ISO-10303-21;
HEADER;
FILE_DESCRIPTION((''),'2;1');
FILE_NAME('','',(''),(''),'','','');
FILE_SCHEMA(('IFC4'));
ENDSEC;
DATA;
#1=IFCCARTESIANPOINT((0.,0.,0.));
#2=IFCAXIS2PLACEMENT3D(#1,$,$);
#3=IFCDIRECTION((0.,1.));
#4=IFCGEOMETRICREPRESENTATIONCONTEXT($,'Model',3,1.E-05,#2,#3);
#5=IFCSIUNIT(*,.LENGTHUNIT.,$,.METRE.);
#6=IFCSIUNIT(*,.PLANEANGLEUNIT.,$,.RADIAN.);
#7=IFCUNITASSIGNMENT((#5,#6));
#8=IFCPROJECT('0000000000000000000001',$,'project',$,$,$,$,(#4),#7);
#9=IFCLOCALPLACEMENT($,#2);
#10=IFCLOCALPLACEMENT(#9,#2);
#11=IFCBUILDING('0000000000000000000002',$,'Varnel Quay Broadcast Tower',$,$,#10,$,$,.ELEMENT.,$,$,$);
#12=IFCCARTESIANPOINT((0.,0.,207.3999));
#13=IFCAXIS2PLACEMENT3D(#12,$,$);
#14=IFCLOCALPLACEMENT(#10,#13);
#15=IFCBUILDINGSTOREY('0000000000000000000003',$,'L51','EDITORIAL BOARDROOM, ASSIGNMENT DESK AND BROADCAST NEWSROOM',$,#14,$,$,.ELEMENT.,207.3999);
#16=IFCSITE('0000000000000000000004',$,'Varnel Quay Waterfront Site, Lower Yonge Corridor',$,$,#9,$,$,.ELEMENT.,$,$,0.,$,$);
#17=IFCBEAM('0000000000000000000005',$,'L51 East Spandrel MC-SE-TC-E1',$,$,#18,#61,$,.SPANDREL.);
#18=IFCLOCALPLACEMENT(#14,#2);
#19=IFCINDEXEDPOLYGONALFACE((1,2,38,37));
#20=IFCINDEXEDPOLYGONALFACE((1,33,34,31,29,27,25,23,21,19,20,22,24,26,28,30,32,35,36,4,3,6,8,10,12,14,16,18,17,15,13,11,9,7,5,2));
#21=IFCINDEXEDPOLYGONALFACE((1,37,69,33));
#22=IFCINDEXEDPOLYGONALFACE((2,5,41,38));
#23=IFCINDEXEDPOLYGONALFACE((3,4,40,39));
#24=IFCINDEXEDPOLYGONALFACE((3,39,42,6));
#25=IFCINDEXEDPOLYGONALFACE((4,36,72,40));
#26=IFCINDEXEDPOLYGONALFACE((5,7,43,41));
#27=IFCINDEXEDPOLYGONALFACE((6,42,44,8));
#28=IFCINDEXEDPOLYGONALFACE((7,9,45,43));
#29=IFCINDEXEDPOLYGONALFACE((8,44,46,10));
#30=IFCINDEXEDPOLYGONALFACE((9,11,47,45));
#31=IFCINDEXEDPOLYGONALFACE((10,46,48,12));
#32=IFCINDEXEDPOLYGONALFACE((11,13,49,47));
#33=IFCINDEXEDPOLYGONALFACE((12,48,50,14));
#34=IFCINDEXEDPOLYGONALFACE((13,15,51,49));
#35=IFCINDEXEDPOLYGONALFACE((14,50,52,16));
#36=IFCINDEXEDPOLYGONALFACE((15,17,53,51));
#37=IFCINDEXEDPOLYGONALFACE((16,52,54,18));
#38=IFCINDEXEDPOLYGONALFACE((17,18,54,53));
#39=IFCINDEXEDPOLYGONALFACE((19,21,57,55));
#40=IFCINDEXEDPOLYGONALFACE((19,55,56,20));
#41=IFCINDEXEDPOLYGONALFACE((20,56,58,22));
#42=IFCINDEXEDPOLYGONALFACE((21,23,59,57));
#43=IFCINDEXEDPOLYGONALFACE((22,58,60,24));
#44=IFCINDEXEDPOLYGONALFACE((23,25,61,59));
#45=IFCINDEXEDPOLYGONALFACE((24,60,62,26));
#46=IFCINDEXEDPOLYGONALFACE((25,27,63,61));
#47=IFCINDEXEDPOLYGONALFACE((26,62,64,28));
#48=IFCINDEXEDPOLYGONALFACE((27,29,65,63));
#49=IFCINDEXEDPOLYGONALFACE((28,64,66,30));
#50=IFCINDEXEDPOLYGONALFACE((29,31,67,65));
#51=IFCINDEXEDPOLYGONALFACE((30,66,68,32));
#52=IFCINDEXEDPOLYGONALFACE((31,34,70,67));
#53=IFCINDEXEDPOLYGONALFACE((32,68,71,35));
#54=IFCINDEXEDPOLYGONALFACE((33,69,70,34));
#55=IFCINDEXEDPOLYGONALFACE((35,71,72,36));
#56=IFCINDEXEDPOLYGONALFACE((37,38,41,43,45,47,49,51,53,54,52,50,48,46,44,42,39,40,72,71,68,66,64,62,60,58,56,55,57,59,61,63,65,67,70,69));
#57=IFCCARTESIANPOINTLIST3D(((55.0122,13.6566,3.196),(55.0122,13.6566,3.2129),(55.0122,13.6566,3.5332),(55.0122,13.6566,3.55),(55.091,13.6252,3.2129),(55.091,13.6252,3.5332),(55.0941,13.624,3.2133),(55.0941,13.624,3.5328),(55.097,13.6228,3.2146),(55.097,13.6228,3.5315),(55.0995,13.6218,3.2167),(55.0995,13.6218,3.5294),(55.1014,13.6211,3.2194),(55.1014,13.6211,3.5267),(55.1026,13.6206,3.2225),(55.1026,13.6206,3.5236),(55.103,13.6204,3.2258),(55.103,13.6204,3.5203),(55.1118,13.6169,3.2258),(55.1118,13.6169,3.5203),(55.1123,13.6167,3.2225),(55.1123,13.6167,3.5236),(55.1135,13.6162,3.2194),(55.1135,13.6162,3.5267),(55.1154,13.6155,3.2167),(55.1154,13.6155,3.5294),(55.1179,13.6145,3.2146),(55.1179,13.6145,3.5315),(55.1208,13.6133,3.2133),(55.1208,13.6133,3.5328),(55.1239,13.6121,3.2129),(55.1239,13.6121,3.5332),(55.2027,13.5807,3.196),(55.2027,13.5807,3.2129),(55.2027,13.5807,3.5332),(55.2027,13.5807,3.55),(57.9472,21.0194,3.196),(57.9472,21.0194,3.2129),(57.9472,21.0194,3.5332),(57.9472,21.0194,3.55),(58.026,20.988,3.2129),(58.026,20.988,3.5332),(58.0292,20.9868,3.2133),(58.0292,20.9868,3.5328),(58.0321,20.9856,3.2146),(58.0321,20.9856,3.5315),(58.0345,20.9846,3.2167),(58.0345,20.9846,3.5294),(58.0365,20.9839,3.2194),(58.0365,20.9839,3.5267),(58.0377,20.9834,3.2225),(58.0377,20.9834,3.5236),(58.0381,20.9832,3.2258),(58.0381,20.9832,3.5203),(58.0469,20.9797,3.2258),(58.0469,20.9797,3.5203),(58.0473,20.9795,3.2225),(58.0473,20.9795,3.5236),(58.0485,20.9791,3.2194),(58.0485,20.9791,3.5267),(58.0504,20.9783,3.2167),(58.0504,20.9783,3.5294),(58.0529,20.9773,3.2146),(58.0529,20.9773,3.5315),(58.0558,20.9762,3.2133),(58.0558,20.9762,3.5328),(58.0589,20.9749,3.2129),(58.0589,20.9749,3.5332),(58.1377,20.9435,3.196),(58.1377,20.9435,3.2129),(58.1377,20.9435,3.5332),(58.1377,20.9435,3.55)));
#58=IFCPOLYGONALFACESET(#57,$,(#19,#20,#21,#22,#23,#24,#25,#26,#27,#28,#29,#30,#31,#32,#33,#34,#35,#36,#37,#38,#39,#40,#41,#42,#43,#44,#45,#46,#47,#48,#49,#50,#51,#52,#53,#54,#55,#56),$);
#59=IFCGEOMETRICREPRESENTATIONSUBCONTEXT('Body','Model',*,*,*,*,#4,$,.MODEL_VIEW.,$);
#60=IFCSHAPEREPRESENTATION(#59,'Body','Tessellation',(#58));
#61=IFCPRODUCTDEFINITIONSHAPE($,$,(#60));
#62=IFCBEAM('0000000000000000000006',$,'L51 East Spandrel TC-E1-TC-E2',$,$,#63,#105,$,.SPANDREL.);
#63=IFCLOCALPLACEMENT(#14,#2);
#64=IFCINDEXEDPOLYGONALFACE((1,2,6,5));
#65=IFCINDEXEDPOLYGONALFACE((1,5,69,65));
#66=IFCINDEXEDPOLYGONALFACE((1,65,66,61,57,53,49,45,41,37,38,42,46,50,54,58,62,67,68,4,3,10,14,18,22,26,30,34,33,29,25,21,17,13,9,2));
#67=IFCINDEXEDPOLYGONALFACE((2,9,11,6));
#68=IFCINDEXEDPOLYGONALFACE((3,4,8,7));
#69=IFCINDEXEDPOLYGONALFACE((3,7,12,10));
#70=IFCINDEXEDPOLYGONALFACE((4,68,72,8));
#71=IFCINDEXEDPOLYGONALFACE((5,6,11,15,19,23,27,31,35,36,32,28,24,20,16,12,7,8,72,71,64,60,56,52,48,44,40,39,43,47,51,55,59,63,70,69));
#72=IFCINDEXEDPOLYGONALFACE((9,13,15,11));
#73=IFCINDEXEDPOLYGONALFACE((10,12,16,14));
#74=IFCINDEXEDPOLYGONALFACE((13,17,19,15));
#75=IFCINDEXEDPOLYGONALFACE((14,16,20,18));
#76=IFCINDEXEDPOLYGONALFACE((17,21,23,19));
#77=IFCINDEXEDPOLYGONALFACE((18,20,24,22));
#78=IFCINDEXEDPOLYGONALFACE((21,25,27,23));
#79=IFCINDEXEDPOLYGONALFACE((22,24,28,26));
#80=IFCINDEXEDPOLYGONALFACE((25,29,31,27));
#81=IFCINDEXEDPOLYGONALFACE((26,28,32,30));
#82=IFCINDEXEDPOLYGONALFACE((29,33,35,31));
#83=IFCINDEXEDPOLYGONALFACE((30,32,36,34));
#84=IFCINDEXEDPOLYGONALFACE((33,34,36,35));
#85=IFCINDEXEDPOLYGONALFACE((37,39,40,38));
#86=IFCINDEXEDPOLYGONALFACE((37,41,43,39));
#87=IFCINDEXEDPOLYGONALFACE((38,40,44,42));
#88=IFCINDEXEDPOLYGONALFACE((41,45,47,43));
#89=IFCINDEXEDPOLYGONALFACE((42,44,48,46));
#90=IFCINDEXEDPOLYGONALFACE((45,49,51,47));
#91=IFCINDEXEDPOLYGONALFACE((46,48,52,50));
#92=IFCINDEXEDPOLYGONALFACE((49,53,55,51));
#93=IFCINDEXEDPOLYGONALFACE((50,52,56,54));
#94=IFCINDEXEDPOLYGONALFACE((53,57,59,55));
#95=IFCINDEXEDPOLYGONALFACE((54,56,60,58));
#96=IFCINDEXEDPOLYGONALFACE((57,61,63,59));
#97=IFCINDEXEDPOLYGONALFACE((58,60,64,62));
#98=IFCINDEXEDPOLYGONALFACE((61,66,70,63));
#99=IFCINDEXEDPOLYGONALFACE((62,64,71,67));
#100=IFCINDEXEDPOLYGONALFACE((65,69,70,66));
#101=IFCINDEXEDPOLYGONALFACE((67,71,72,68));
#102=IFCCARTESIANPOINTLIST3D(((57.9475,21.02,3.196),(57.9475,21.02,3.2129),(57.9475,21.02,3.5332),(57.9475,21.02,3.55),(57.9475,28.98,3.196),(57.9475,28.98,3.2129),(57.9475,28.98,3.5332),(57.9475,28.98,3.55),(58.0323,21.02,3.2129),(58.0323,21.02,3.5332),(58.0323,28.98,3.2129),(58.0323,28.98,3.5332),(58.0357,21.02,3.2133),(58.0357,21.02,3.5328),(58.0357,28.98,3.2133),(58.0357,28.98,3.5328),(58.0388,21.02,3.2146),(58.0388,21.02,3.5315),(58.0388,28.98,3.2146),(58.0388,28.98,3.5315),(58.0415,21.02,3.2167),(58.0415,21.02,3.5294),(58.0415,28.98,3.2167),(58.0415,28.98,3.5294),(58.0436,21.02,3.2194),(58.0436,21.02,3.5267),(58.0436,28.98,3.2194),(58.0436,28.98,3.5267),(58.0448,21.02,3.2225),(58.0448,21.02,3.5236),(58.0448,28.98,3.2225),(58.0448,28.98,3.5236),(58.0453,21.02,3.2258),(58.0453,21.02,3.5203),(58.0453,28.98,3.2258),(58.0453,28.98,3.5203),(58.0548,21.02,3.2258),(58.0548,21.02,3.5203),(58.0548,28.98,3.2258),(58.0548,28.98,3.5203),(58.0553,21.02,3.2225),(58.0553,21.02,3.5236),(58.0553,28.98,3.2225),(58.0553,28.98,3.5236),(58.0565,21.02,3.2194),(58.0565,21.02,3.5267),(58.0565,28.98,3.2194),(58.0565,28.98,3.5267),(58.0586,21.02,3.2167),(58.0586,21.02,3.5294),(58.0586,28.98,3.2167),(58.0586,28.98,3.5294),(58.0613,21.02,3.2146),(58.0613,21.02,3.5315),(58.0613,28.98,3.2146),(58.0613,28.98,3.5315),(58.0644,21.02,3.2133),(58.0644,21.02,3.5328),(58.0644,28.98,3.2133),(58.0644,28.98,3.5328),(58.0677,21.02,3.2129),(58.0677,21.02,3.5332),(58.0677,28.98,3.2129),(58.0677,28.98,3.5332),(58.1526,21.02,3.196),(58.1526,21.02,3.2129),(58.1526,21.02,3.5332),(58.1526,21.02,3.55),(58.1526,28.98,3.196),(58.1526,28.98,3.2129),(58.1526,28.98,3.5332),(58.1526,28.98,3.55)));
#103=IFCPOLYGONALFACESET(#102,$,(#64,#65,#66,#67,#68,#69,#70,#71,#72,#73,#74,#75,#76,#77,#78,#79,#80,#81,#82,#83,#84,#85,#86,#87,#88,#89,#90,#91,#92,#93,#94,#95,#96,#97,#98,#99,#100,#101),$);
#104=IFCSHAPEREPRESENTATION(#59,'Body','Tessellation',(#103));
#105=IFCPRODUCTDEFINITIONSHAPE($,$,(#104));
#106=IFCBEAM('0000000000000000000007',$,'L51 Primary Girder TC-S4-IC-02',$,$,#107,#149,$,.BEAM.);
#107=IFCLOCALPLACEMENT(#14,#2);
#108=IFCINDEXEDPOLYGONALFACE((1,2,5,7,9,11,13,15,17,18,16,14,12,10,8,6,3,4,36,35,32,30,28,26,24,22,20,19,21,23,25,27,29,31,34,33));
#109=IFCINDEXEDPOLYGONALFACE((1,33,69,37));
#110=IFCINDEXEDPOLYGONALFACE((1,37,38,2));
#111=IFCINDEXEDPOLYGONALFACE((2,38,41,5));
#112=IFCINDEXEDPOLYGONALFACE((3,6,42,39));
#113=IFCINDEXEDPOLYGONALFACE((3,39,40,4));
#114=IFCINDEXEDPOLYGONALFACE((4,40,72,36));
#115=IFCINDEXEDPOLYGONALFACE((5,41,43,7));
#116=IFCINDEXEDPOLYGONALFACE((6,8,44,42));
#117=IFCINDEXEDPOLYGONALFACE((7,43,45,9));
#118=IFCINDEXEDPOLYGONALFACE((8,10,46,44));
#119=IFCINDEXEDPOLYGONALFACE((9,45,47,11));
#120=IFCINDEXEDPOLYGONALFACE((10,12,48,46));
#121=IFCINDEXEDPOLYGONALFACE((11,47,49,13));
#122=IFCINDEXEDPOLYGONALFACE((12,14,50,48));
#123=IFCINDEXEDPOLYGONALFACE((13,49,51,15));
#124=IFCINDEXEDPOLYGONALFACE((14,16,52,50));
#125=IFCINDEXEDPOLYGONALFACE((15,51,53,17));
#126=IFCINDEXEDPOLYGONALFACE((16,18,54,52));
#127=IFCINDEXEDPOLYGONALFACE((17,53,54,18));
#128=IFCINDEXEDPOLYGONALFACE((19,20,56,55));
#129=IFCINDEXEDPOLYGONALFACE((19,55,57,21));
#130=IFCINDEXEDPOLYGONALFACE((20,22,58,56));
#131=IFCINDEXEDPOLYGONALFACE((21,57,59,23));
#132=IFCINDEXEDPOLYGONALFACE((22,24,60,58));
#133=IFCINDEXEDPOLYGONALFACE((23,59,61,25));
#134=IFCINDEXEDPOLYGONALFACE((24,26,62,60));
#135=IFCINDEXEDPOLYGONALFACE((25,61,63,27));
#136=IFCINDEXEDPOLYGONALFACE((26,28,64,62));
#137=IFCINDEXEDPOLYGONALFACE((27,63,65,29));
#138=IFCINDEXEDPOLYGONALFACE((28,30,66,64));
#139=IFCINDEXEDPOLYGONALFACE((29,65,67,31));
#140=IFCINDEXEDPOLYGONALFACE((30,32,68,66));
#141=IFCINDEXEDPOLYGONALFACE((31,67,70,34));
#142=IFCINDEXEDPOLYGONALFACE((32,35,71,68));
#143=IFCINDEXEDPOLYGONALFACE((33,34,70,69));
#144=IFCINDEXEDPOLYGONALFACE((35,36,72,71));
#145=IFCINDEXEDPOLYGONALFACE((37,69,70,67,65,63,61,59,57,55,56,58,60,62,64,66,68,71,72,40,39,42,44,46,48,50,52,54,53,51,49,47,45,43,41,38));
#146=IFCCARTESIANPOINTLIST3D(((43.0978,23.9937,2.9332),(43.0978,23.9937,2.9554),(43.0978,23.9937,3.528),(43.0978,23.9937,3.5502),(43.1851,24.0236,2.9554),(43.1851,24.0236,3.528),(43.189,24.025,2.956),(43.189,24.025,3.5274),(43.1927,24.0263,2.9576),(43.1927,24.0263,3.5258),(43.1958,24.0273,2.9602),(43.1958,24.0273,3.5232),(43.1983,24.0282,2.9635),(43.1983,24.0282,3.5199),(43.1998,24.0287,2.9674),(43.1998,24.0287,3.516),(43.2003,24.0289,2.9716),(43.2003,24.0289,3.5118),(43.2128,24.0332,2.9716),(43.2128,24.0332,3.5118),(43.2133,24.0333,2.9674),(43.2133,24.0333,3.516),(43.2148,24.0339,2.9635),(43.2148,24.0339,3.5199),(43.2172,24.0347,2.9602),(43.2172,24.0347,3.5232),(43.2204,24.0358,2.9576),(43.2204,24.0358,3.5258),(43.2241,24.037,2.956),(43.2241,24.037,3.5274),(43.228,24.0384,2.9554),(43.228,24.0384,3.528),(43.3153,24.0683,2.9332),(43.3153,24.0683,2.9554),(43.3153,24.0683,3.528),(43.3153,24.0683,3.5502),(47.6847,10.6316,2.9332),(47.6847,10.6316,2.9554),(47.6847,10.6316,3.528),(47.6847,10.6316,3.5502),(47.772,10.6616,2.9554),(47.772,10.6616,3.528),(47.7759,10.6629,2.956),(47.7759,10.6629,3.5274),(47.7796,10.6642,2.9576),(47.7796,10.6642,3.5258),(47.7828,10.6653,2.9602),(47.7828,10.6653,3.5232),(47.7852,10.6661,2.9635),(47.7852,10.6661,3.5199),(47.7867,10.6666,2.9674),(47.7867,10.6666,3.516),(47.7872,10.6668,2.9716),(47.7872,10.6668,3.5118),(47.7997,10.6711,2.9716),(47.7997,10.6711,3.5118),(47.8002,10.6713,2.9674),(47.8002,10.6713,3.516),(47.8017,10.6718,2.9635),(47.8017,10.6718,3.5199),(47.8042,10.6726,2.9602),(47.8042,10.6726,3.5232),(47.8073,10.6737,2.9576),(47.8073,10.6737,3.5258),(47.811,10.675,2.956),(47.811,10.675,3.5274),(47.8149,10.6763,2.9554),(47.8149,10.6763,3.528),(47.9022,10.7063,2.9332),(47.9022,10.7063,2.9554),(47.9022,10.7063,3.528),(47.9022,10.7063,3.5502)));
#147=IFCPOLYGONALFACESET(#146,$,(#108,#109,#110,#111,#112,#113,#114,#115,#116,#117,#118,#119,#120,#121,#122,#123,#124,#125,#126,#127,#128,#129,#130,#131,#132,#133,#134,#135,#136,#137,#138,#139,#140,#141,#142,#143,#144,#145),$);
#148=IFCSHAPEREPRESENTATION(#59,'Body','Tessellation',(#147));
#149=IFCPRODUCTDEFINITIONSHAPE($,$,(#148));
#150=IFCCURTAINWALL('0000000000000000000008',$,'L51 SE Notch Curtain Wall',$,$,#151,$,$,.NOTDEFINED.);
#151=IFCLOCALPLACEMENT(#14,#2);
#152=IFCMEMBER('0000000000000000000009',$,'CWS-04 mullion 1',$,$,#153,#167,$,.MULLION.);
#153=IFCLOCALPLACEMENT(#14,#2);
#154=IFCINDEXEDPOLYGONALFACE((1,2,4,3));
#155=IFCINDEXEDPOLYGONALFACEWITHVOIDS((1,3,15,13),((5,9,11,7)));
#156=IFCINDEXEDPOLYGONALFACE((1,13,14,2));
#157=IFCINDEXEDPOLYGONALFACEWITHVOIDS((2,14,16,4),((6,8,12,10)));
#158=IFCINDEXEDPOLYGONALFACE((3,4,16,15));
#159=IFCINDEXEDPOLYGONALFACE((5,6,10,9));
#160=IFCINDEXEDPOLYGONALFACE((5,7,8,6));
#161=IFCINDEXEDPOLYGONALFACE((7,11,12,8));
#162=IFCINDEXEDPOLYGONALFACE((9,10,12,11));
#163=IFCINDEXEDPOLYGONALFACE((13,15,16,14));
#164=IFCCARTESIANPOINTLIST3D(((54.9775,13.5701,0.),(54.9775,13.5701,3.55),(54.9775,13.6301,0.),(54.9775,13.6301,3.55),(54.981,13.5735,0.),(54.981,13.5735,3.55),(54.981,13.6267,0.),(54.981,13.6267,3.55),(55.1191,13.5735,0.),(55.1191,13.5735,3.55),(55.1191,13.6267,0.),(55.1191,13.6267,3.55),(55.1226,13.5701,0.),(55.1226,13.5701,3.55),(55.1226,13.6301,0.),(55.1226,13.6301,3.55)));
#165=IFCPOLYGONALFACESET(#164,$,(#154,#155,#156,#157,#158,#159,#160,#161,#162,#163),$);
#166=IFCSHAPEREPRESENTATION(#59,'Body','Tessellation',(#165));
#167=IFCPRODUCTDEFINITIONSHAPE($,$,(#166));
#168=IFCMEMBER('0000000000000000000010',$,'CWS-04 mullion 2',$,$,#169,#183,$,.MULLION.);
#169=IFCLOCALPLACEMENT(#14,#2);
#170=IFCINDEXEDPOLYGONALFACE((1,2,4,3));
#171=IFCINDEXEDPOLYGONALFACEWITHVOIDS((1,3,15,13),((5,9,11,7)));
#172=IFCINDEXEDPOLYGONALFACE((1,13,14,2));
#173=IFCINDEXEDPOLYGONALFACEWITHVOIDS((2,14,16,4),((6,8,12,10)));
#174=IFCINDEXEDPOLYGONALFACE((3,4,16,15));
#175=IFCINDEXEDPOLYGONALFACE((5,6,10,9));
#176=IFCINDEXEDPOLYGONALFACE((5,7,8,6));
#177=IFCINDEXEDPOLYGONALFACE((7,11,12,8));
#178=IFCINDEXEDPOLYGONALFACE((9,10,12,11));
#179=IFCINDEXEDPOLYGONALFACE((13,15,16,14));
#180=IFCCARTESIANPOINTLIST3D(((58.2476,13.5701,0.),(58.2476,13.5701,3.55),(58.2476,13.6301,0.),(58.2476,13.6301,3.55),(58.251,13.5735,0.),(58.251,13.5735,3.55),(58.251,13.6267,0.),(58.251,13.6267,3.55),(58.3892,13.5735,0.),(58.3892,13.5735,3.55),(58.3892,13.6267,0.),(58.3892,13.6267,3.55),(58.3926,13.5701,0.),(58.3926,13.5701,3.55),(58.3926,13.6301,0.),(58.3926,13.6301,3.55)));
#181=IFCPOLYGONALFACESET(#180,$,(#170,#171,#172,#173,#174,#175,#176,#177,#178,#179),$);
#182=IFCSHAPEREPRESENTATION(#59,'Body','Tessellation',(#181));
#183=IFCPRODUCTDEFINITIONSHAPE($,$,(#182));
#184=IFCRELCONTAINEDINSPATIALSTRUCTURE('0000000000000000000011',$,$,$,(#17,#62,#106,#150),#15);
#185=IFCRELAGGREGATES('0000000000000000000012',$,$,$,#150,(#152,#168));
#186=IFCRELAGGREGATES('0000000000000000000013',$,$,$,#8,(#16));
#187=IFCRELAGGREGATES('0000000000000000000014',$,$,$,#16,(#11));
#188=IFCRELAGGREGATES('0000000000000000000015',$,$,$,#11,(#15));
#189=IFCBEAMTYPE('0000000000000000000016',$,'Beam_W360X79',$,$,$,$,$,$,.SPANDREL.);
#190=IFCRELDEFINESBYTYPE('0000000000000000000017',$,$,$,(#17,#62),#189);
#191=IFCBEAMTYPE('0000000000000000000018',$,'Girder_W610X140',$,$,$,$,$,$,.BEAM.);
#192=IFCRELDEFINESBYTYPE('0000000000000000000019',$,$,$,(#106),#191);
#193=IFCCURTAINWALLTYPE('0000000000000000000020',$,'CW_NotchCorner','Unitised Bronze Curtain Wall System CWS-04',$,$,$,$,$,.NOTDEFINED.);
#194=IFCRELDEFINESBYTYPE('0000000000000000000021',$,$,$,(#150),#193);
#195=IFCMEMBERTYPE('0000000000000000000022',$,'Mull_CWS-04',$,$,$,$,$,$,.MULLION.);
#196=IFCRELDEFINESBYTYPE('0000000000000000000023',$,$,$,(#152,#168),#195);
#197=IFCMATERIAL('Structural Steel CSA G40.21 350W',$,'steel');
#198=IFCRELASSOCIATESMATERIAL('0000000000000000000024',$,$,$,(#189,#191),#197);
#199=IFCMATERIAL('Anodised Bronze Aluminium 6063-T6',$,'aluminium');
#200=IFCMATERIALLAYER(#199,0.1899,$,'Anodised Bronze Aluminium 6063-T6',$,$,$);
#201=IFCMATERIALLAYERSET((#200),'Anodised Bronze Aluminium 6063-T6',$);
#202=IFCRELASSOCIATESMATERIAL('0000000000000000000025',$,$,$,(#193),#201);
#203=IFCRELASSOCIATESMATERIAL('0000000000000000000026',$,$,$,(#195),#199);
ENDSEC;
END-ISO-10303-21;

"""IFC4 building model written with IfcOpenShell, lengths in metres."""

from ifc_helpers import new_model, si_unit, direction, frame, origin, origin_2d, place, context, subcontext, project, spatial, hollow_rectangle, i_section, extrude, source, transform, mapped, material, layer, layer_set, material_profile, profile_set, type_object, type_shapes, element, aggregate, save


model = new_model("IFC4")

# Units and contexts
model_context = context("Model", 3, precision=1e-05, world=origin(), true_north=direction((0.0, 1.0)))
body_context = subcontext(model_context, "Body", "Model", "MODEL_VIEW")
ifc_project = project(units=[si_unit("LENGTHUNIT", "METRE"), si_unit("PLANEANGLEUNIT", "RADIAN")], contexts=[model_context])

# Site, building, storey
site_placement = place(None, origin())
site = spatial("IfcSite", under=ifc_project, at=site_placement, Name="Varnel Quay Waterfront Site, Lower Yonge Corridor", CompositionType="ELEMENT", RefElevation=0.0)
building_placement = place(site_placement, origin())
building = spatial("IfcBuilding", under=site, at=building_placement, Name="Varnel Quay Broadcast Tower", CompositionType="ELEMENT")
storey_placement = place(building_placement, frame((0.0, 0.0, 207.3999)))
storey = spatial("IfcBuildingStorey", under=building, at=storey_placement, Name="L51", Description="EDITORIAL BOARDROOM, ASSIGNMENT DESK AND BROADCAST NEWSROOM", CompositionType="ELEMENT", Elevation=207.3999)

# Shared definitions
ifc_material_1 = material(Name="Structural Steel CSA G40.21 350W", Category="steel")

# Beams
ifc_material_profile_1 = material_profile(ifc_material_1, i_section(OverallWidth=0.2051, OverallDepth=0.354, WebThickness=0.0095, FlangeThickness=0.0168, FilletRadius=0.0129, at=origin_2d()), Name="W360X79")
ifc_profile_set_1 = profile_set([ifc_material_profile_1], Name="Structural Steel CSA G40.21 350W")
beam_type_1 = type_object("IfcBeamType", Name="Beam_W360X79", PredefinedType="SPANDREL", material=ifc_profile_set_1)
shared_shape_1 = source(origin(), body_context, "Body", "SweptSolid", [
    extrude(i_section(OverallWidth=0.2051, OverallDepth=0.354, WebThickness=0.0095, FlangeThickness=0.0168, FilletRadius=0.0129, at=origin_2d()), origin(), (0.0, 0.0, 1.0), 7.9263),
])
beam_1_placement = place(storey_placement, frame((55.1074, 13.6187, 3.373), z_axis=(0.370296, 0.928914, 0.0), x_axis=(-0.928914, 0.370296, 0.0)))
element("IfcBeam", 1, at=beam_1_placement, inside=storey, type_object=beam_type_1, Name="L51 East Spandrel MC-SE-TC-E1", PredefinedType="SPANDREL", context=body_context, shape_type="MappedRepresentation", body=[
    mapped(shared_shape_1, transform((0.0, 0.0, 0.0), x_axis=(1.0, 0.0, 0.0), y_axis=(0.0, 1.0, 0.0), z_axis=(0.0, 0.0, 1.0), scale=1.0)),
])
shared_shape_2 = source(origin(), body_context, "Body", "SweptSolid", [
    extrude(i_section(OverallWidth=0.2051, OverallDepth=0.354, WebThickness=0.0095, FlangeThickness=0.0168, FilletRadius=0.0129, at=origin_2d()), origin(), (0.0, 0.0, 1.0), 7.96),
])
beam_2_placement = place(storey_placement, frame((58.05, 21.02, 3.373), z_axis=(0.0, 1.0, 0.0), x_axis=(-1.0, 0.0, 0.0)))
element("IfcBeam", 2, at=beam_2_placement, inside=storey, type_object=beam_type_1, Name="L51 East Spandrel TC-E1-TC-E2", PredefinedType="SPANDREL", context=body_context, shape_type="MappedRepresentation", body=[
    mapped(shared_shape_2, transform((0.0, 0.0, 0.0), x_axis=(1.0, 0.0, 0.0), y_axis=(0.0, 1.0, 0.0), z_axis=(0.0, 0.0, 1.0), scale=1.0)),
])
ifc_material_profile_2 = material_profile(ifc_material_1, i_section(OverallWidth=0.23, OverallDepth=0.6169, WebThickness=0.0132, FlangeThickness=0.0222, FilletRadius=0.0161, at=origin_2d()), Name="W610X140")
ifc_profile_set_2 = profile_set([ifc_material_profile_2], Name="Structural Steel CSA G40.21 350W")
beam_type_2 = type_object("IfcBeamType", Name="Girder_W610X140", PredefinedType="BEAM", material=ifc_profile_set_2)
shared_shape_3 = source(origin(), body_context, "Body", "SweptSolid", [
    extrude(i_section(OverallWidth=0.23, OverallDepth=0.6169, WebThickness=0.0132, FlangeThickness=0.0222, FilletRadius=0.0161, at=origin_2d()), origin(), (0.0, 0.0, 1.0), 14.1274),
])
type_shapes(beam_type_2, [shared_shape_3])
beam_3_placement = place(storey_placement, frame((47.7935, 10.6689, 3.2417), z_axis=(-0.324681, 0.945823, 0.0), x_axis=(-0.945823, -0.324681, 0.0)))
element("IfcBeam", 3, at=beam_3_placement, inside=storey, type_object=beam_type_2, Name="L51 Primary Girder TC-S4-IC-02", PredefinedType="BEAM", context=body_context, shape_type="MappedRepresentation", body=[
    mapped(shared_shape_3, transform((0.0, 0.0, 0.0), x_axis=(1.0, 0.0, 0.0), y_axis=(0.0, 1.0, 0.0), z_axis=(0.0, 0.0, 1.0), scale=1.0)),
])

# Curtain wall, members
ifc_material_2 = material(Name="Anodised Bronze Aluminium 6063-T6", Category="aluminium")
ifc_layer_1 = layer(ifc_material_2, 0.1899, Name="Anodised Bronze Aluminium 6063-T6")
ifc_layer_set_1 = layer_set([ifc_layer_1], Name="Anodised Bronze Aluminium 6063-T6")
curtain_wall_type_1 = type_object("IfcCurtainWallType", Name="CW_NotchCorner", Description="Unitised Bronze Curtain Wall System CWS-04", PredefinedType="NOTDEFINED", material=ifc_layer_set_1)
curtain_wall_1_placement = place(storey_placement, origin())
curtain_wall_1 = element("IfcCurtainWall", 4, at=curtain_wall_1_placement, inside=storey, type_object=curtain_wall_type_1, Name="L51 SE Notch Curtain Wall", PredefinedType="NOTDEFINED")
ifc_material_profile_3 = material_profile(ifc_material_2, hollow_rectangle(XDim=0.0601, YDim=0.145, WallThickness=0.0034, at=origin_2d()), Name="ALU60X145X3.5")
ifc_profile_set_3 = profile_set([ifc_material_profile_3], Name="Anodised Bronze Aluminium 6063-T6")
member_type_1 = type_object("IfcMemberType", Name="Mull_CWS-04", PredefinedType="MULLION", material=ifc_profile_set_3)
shared_shape_4 = source(origin(), body_context, "Body", "SweptSolid", [
    extrude(hollow_rectangle(XDim=0.0601, YDim=0.145, WallThickness=0.0034, at=origin_2d()), origin(), (0.0, 0.0, 1.0), 3.55),
])
type_shapes(member_type_1, [shared_shape_4])
member_1_placement = place(storey_placement, frame((55.05, 13.6001, 0.0), z_axis=(0.0, 0.0, 1.0), x_axis=(0.0, 1.0, 0.0)))
member_1 = element("IfcMember", 5, at=member_1_placement, type_object=member_type_1, Name="CWS-04 mullion 1", PredefinedType="MULLION", context=body_context, shape_type="MappedRepresentation", body=[
    mapped(shared_shape_4, transform((0.0, 0.0, 0.0), x_axis=(1.0, 0.0, 0.0), y_axis=(0.0, 1.0, 0.0), z_axis=(0.0, 0.0, 1.0), scale=1.0)),
])
member_2_placement = place(storey_placement, frame((58.3201, 13.6001, 0.0), z_axis=(0.0, 0.0, 1.0), x_axis=(0.0, 1.0, 0.0)))
member_2 = element("IfcMember", 6, at=member_2_placement, type_object=member_type_1, Name="CWS-04 mullion 2", PredefinedType="MULLION", context=body_context, shape_type="MappedRepresentation", body=[
    mapped(shared_shape_4, transform((0.0, 0.0, 0.0), x_axis=(1.0, 0.0, 0.0), y_axis=(0.0, 1.0, 0.0), z_axis=(0.0, 0.0, 1.0), scale=1.0)),
])

aggregate(curtain_wall_1, [member_1, member_2])

save(model, "model.ifc")
